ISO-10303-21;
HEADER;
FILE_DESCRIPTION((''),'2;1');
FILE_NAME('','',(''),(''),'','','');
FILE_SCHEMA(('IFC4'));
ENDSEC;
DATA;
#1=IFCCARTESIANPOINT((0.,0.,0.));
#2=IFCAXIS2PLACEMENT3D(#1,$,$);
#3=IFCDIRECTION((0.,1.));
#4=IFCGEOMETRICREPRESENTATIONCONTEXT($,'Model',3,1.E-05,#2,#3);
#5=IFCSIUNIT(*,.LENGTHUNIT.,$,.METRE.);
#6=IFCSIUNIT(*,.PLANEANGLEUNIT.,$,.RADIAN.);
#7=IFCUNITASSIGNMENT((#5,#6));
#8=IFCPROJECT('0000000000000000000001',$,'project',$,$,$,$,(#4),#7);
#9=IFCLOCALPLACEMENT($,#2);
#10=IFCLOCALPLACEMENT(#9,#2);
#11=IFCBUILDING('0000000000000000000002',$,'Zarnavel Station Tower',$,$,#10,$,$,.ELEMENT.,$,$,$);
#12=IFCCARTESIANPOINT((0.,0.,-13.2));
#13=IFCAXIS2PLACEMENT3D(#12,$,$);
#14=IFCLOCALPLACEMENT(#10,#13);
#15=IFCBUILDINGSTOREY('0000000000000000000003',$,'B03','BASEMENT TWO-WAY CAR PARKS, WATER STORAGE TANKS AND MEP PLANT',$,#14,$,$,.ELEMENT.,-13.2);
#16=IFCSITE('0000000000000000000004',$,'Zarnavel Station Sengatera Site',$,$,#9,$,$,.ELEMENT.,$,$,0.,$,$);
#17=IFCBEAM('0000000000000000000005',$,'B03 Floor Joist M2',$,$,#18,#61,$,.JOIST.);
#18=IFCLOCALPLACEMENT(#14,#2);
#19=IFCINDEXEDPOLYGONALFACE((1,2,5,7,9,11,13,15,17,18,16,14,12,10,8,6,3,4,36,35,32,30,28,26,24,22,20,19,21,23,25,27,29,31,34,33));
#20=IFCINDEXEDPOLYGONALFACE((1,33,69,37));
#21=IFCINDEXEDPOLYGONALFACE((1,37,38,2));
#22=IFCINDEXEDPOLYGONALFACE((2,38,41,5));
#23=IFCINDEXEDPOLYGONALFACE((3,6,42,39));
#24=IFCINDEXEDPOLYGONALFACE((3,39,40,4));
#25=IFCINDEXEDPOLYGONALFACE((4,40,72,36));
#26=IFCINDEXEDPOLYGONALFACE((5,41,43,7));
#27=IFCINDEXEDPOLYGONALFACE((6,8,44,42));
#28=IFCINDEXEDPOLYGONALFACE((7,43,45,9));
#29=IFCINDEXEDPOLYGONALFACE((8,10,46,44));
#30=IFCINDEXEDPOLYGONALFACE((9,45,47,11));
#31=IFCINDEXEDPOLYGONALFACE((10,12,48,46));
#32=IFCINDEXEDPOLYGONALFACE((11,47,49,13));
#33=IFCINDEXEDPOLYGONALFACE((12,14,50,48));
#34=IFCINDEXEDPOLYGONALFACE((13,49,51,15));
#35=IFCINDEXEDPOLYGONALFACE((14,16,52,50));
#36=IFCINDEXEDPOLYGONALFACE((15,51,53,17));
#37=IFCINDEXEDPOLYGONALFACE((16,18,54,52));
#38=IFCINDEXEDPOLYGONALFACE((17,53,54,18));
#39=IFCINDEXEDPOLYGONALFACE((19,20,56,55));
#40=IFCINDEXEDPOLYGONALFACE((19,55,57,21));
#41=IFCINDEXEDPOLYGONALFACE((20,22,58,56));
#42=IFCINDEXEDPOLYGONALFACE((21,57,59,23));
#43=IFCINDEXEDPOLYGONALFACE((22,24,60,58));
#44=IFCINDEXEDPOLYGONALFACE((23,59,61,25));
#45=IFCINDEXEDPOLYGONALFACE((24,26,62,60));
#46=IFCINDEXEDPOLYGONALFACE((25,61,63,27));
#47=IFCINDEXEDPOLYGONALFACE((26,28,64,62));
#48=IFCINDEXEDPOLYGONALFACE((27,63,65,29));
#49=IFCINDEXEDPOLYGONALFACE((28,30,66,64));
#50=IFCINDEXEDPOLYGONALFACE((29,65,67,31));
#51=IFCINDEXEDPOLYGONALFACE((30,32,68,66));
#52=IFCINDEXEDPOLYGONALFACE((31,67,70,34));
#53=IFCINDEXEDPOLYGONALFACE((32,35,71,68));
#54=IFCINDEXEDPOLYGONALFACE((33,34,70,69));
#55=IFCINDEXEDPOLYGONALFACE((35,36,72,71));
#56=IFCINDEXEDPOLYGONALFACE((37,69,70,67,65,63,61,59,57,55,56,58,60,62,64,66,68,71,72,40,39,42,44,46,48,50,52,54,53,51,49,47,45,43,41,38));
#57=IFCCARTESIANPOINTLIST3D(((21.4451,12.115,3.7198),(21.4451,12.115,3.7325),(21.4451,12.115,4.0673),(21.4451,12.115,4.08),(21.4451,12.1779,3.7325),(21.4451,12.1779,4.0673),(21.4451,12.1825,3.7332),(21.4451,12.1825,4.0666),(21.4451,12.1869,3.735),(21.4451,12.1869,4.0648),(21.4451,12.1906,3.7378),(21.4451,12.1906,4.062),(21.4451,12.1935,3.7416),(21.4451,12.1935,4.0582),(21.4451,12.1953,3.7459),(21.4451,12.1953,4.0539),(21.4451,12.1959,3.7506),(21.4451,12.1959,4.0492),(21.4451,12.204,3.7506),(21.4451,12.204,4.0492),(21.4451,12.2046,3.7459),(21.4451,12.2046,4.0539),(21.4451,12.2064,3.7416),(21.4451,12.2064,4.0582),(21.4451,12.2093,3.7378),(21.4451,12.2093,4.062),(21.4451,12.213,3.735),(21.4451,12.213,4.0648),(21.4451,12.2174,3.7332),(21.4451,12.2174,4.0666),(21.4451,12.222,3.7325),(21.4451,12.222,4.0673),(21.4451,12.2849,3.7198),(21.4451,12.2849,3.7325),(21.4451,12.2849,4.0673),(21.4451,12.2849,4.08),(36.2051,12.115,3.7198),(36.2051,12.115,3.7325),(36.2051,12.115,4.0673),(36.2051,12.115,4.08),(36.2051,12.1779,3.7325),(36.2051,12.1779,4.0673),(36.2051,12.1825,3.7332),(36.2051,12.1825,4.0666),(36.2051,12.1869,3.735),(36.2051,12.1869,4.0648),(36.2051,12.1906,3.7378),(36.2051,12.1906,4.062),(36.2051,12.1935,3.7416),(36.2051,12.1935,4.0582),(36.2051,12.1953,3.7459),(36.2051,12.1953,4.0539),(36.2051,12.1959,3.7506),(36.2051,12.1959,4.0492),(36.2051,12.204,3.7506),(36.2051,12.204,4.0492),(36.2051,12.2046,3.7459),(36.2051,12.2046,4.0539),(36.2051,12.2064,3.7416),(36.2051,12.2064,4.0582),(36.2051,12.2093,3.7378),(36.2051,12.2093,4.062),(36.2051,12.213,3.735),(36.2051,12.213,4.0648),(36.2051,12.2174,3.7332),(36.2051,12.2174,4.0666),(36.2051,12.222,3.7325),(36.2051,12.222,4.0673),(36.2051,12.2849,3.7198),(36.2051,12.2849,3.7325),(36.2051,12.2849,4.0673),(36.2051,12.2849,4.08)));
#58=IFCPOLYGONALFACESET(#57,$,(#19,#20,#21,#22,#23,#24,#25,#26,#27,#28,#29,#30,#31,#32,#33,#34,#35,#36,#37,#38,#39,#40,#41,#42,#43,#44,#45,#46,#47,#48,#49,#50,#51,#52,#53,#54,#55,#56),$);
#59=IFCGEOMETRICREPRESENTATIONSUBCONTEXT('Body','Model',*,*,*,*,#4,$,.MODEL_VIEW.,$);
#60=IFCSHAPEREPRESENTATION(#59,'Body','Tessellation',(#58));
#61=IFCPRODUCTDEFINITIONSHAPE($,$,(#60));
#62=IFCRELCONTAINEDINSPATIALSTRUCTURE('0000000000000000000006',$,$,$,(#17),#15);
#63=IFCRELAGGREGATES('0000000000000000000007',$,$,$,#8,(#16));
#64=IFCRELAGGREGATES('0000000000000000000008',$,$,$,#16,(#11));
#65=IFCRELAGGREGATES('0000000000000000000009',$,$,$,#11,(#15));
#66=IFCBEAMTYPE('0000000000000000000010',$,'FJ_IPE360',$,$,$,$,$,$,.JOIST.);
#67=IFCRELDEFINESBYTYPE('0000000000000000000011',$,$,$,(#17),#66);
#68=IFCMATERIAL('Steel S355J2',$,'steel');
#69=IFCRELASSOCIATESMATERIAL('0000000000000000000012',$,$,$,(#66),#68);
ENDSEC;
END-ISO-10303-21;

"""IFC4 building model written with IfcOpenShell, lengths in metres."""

from ifc_helpers import new_model, si_unit, direction, frame, origin, origin_2d, place, context, subcontext, project, spatial, i_section, extrude, material, material_profile, profile_set, type_object, element, save


model = new_model("IFC4")

# Units and contexts
model_context = context("Model", 3, precision=1e-05, world=origin(), true_north=direction((0.0, 1.0)))
body_context = subcontext(model_context, "Body", "Model", "MODEL_VIEW")
ifc_project = project(units=[si_unit("LENGTHUNIT", "METRE"), si_unit("PLANEANGLEUNIT", "RADIAN")], contexts=[model_context])

# Site, building, storey
site_placement = place(None, origin())
site = spatial("IfcSite", under=ifc_project, at=site_placement, Name="Zarnavel Station Sengatera Site", CompositionType="ELEMENT", RefElevation=0.0)
building_placement = place(site_placement, origin())
building = spatial("IfcBuilding", under=site, at=building_placement, Name="Zarnavel Station Tower", CompositionType="ELEMENT")
storey_placement = place(building_placement, frame((0.0, 0.0, -13.2)))
storey = spatial("IfcBuildingStorey", under=building, at=storey_placement, Name="B03", Description="BASEMENT TWO-WAY CAR PARKS, WATER STORAGE TANKS AND MEP PLANT", CompositionType="ELEMENT", Elevation=-13.2)

# Beam
ifc_material_1 = material(Name="Steel S355J2", Category="steel")
ifc_material_profile_1 = material_profile(ifc_material_1, i_section(OverallWidth=0.1699, OverallDepth=0.3601, WebThickness=0.0081, FlangeThickness=0.0127, FilletRadius=0.0181, at=origin_2d()), Name="IPE360")
ifc_profile_set_1 = profile_set([ifc_material_profile_1], Name="Steel S355J2")
beam_type_1 = type_object("IfcBeamType", Name="FJ_IPE360", PredefinedType="JOIST", material=ifc_profile_set_1)
beam_1_placement = place(storey_placement, frame((21.4451, 12.2, 3.8999), z_axis=(1.0, 0.0, 0.0), x_axis=(0.0, 1.0, 0.0)))
element("IfcBeam", 1, at=beam_1_placement, inside=storey, type_object=beam_type_1, Name="B03 Floor Joist M2", PredefinedType="JOIST", context=body_context, shape_type="SweptSolid", body=[
    extrude(i_section(OverallWidth=0.1699, OverallDepth=0.3601, WebThickness=0.0081, FlangeThickness=0.0127, FilletRadius=0.0181, at=origin_2d()), origin(), (0.0, 0.0, 1.0), 14.76),
])

save(model, "model.ifc")
